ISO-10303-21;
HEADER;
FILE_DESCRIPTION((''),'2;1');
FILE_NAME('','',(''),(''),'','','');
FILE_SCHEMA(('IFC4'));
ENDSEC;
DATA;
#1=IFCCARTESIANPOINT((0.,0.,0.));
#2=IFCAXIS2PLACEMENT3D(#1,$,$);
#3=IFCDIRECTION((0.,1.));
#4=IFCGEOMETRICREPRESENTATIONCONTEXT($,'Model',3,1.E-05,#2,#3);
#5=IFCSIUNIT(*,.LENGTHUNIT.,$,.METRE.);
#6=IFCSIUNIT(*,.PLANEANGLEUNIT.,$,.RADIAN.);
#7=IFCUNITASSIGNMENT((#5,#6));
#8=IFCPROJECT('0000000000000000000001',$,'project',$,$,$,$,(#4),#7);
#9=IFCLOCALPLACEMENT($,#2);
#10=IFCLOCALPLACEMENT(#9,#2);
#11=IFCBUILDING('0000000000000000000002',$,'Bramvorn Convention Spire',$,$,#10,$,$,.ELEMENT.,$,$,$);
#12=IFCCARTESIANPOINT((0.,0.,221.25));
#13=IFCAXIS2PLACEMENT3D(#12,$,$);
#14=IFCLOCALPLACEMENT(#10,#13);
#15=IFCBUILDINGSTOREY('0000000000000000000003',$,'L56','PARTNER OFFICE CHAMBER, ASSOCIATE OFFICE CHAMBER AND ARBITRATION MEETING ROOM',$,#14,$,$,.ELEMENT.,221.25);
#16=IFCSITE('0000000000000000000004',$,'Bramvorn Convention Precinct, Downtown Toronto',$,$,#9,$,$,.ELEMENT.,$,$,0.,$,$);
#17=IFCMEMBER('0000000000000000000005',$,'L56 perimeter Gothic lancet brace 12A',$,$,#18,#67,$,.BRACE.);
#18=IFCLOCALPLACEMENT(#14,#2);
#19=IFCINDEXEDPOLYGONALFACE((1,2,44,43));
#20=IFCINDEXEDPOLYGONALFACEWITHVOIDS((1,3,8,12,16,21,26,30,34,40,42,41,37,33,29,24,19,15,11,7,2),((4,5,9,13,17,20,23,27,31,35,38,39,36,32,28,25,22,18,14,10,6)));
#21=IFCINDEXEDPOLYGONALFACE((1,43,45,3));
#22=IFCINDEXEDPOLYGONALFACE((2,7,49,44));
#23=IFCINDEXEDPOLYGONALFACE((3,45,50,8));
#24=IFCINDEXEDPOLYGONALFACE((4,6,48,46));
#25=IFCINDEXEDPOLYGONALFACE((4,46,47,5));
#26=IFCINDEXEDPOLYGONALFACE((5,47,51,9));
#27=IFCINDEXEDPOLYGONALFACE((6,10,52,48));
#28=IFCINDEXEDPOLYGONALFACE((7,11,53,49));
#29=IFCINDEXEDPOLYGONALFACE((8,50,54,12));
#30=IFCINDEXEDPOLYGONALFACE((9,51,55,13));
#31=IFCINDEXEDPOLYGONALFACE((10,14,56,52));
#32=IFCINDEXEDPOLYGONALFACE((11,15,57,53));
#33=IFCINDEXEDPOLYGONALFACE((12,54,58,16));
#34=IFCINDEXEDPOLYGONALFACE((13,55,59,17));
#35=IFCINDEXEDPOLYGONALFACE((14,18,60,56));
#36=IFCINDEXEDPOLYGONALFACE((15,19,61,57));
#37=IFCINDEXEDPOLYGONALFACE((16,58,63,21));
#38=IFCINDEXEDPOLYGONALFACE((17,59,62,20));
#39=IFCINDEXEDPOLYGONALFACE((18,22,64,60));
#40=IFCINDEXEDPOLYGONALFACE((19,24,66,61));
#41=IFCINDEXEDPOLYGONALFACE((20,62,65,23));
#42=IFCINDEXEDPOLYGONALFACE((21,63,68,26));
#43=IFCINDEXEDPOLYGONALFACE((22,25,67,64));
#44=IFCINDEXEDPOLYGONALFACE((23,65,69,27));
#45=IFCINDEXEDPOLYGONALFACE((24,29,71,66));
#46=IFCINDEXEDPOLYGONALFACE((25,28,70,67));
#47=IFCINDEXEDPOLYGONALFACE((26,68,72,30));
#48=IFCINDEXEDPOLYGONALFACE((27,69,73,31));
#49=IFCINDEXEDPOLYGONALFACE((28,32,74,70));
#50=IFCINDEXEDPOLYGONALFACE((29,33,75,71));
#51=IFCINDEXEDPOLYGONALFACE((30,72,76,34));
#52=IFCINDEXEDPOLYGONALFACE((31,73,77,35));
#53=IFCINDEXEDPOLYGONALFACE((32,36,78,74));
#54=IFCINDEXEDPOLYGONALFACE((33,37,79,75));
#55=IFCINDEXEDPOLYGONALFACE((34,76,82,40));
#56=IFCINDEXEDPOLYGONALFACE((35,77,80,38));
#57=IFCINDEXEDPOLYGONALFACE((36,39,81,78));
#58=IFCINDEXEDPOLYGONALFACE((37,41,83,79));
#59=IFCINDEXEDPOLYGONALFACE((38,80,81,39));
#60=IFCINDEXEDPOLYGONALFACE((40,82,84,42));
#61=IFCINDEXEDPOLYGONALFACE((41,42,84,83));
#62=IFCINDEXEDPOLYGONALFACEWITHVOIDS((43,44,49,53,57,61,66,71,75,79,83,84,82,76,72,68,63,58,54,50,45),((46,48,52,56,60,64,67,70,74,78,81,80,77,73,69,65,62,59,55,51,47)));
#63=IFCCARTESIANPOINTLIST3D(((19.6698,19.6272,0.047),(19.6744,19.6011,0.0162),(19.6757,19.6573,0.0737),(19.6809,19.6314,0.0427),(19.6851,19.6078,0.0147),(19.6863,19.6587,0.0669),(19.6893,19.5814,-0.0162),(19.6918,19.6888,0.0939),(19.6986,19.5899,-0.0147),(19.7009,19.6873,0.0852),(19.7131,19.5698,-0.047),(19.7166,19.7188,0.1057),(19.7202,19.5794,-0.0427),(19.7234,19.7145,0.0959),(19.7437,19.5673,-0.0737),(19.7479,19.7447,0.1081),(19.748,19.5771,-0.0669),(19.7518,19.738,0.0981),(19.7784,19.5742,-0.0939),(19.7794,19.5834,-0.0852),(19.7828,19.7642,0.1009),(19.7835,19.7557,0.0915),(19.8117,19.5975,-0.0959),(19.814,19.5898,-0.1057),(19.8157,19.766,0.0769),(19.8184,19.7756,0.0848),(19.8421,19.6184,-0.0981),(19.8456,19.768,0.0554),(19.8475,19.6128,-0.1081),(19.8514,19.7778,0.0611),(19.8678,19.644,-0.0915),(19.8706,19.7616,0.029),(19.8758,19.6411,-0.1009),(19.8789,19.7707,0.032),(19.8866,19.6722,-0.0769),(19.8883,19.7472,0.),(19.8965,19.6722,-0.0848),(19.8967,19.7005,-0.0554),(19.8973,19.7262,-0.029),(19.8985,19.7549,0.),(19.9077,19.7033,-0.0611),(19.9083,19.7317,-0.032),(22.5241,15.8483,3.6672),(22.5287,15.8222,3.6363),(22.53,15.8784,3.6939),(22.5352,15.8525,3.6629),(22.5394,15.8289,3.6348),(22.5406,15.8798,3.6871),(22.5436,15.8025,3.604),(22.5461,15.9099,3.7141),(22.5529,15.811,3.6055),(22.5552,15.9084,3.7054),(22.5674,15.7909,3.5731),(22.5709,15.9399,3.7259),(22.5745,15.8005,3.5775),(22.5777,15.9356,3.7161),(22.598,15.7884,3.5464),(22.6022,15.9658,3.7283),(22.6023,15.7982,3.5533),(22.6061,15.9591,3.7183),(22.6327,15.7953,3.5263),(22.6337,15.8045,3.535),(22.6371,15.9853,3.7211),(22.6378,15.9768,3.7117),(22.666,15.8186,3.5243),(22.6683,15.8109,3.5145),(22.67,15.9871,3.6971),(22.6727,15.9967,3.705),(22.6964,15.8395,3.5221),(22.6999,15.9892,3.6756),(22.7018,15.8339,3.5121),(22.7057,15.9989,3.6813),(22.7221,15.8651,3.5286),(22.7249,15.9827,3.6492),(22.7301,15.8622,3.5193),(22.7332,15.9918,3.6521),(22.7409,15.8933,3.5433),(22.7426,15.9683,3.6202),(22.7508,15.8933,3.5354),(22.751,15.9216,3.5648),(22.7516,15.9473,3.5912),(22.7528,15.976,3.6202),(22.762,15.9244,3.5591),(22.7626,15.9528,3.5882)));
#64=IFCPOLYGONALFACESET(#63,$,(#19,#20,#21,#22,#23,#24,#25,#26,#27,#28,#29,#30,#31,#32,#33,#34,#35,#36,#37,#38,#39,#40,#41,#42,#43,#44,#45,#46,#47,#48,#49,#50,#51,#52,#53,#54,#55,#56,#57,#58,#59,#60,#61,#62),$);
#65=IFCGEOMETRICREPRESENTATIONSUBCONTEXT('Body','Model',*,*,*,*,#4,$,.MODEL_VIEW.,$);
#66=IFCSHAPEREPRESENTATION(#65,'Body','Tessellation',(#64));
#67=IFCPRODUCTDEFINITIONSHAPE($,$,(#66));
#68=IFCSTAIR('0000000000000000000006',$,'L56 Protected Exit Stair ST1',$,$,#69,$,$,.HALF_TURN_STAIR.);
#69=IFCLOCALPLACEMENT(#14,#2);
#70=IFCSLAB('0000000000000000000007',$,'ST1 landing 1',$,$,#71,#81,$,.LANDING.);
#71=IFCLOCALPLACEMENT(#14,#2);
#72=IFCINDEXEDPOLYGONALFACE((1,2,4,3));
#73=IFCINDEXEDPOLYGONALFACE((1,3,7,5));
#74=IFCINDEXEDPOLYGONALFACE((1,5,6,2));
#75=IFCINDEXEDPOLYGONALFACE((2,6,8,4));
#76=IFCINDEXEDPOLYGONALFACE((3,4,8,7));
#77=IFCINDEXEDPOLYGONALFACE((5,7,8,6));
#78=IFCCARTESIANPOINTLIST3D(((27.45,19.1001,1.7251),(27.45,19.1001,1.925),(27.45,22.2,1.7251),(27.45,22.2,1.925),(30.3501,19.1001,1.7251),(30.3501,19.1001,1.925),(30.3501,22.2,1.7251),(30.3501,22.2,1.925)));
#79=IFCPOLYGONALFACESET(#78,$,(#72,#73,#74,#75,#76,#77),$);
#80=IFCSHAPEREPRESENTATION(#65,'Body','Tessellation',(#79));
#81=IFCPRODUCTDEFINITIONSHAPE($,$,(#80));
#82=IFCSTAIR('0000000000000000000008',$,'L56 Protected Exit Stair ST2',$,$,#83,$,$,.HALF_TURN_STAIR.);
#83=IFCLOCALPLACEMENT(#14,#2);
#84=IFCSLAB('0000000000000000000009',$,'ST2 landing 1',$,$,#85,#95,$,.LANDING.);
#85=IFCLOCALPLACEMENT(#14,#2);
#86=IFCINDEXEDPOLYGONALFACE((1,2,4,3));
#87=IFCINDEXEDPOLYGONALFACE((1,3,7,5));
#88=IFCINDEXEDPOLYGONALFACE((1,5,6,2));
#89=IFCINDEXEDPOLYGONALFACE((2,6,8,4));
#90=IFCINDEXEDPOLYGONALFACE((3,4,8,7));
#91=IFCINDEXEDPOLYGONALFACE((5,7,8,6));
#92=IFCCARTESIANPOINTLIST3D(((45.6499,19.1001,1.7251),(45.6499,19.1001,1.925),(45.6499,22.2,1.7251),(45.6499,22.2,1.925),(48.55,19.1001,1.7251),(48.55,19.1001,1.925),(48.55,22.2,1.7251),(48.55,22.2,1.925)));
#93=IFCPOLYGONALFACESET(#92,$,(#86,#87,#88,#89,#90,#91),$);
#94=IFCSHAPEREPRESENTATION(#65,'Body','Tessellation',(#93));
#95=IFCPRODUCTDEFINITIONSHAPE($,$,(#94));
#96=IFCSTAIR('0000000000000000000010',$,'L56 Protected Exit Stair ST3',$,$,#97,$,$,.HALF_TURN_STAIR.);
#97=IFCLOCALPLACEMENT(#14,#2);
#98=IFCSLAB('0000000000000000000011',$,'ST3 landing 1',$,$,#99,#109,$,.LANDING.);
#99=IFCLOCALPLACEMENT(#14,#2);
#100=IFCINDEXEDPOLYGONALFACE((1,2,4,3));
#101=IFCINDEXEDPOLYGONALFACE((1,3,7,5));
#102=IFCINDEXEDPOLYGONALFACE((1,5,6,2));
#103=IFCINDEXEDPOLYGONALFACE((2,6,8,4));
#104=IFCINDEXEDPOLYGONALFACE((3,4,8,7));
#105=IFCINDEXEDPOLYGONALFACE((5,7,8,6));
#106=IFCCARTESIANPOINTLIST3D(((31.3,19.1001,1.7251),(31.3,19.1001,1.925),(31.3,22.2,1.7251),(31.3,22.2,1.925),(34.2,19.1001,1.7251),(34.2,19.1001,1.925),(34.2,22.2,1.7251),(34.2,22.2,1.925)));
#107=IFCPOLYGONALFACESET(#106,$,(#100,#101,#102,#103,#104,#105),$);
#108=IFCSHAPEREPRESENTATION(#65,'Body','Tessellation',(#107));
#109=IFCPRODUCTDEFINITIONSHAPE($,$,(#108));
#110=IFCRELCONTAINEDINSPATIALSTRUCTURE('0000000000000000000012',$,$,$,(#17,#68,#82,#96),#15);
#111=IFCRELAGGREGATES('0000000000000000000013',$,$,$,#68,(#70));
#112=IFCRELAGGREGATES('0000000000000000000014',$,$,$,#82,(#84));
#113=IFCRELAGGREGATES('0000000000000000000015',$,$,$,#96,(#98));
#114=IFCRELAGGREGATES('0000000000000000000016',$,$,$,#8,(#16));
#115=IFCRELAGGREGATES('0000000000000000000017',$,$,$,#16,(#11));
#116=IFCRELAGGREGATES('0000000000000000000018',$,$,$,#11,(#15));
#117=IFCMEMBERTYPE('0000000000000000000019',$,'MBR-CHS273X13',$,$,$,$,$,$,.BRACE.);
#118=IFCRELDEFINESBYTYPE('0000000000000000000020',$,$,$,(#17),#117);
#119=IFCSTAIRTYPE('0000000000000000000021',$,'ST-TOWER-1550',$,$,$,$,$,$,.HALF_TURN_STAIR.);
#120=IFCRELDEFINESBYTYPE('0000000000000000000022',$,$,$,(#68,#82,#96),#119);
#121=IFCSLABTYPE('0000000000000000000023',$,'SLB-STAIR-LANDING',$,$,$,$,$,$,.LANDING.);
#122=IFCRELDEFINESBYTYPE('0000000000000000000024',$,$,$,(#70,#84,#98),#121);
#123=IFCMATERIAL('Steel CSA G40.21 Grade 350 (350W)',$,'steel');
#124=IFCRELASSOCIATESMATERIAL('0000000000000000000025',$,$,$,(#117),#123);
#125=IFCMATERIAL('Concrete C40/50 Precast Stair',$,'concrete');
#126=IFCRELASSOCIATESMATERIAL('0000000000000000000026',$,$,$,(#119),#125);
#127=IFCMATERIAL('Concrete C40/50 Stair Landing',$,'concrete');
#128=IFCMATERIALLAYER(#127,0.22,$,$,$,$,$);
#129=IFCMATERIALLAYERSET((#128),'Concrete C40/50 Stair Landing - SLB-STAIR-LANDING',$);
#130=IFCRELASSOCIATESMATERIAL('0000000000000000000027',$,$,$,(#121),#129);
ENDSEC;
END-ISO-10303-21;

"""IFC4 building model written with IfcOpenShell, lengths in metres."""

from ifc_helpers import new_model, si_unit, direction, frame, origin, origin_2d, place, context, subcontext, project, spatial, polyline, hollow_circle, outline, extrude, material, layer, layer_set, material_profile, profile_set, type_object, element, aggregate, save


model = new_model("IFC4")

# Units and contexts
model_context = context("Model", 3, precision=1e-05, world=origin(), true_north=direction((0.0, 1.0)))
body_context = subcontext(model_context, "Body", "Model", "MODEL_VIEW")
ifc_project = project(units=[si_unit("LENGTHUNIT", "METRE"), si_unit("PLANEANGLEUNIT", "RADIAN")], contexts=[model_context])

# Site, building, storey
site_placement = place(None, origin())
site = spatial("IfcSite", under=ifc_project, at=site_placement, Name="Bramvorn Convention Precinct, Downtown Toronto", CompositionType="ELEMENT", RefElevation=0.0)
building_placement = place(site_placement, origin())
building = spatial("IfcBuilding", under=site, at=building_placement, Name="Bramvorn Convention Spire", CompositionType="ELEMENT")
storey_placement = place(building_placement, frame((0.0, 0.0, 221.25)))
storey = spatial("IfcBuildingStorey", under=building, at=storey_placement, Name="L56", Description="PARTNER OFFICE CHAMBER, ASSOCIATE OFFICE CHAMBER AND ARBITRATION MEETING ROOM", CompositionType="ELEMENT", Elevation=221.25)

# Shared definitions
ifc_material_1 = material(Name="Steel CSA G40.21 Grade 350 (350W)", Category="steel")

# Member
ifc_material_profile_1 = material_profile(ifc_material_1, hollow_circle(Radius=0.1365, WallThickness=0.0127, at=origin_2d()))
ifc_profile_set_1 = profile_set([ifc_material_profile_1], Name="Steel CSA G40.21 Grade 350 (350W) - CHS273X13")
member_type = type_object("IfcMemberType", Name="MBR-CHS273X13", PredefinedType="BRACE", material=ifc_profile_set_1)
member_placement = place(storey_placement, frame((19.7896, 19.6726, 0.0), z_axis=(0.478835, -0.633941, 0.607319), x_axis=(0.797954, 0.602719, 0.0)))
element("IfcMember", 1, at=member_placement, inside=storey, type_object=member_type, Name="L56 perimeter Gothic lancet brace 12A", PredefinedType="BRACE", context=body_context, shape_type="SweptSolid", body=[
    extrude(hollow_circle(Radius=0.1365, WallThickness=0.0127, at=origin_2d()), origin(), (0.0, 0.0, 1.0), 5.9609),
])

# Stairs, slabs
ifc_material_2 = material(Name="Concrete C40/50 Precast Stair", Category="concrete")
stair_type = type_object("IfcStairType", Name="ST-TOWER-1550", PredefinedType="HALF_TURN_STAIR", material=ifc_material_2)
stair_1_placement = place(storey_placement, origin())
stair_1 = element("IfcStair", 2, at=stair_1_placement, inside=storey, type_object=stair_type, Name="L56 Protected Exit Stair ST1", PredefinedType="HALF_TURN_STAIR")
ifc_material_3 = material(Name="Concrete C40/50 Stair Landing", Category="concrete")
ifc_layer_1 = layer(ifc_material_3, 0.22)
ifc_layer_set_1 = layer_set([ifc_layer_1], Name="Concrete C40/50 Stair Landing - SLB-STAIR-LANDING")
slab_type_1 = type_object("IfcSlabType", Name="SLB-STAIR-LANDING", PredefinedType="LANDING", material=ifc_layer_set_1)
slab_1_placement = place(storey_placement, frame((0.0, 0.0, 1.7251)))
slab_1 = element("IfcSlab", 3, at=slab_1_placement, type_object=slab_type_1, Name="ST1 landing 1", PredefinedType="LANDING", context=body_context, shape_type="SweptSolid", body=[
    extrude(outline(polyline([(27.45, 22.2), (27.45, 19.1001), (30.3501, 19.1001), (30.3501, 22.2), (27.45, 22.2)])), origin(), (0.0, 0.0, 1.0), 0.2),
])
aggregate(stair_1, [slab_1])
stair_2_placement = place(storey_placement, origin())
stair_2 = element("IfcStair", 4, at=stair_2_placement, inside=storey, type_object=stair_type, Name="L56 Protected Exit Stair ST2", PredefinedType="HALF_TURN_STAIR")
slab_2_placement = place(storey_placement, frame((0.0, 0.0, 1.7251)))
slab_2 = element("IfcSlab", 5, at=slab_2_placement, type_object=slab_type_1, Name="ST2 landing 1", PredefinedType="LANDING", context=body_context, shape_type="SweptSolid", body=[
    extrude(outline(polyline([(45.6499, 22.2), (45.6499, 19.1001), (48.55, 19.1001), (48.55, 22.2), (45.6499, 22.2)])), origin(), (0.0, 0.0, 1.0), 0.2),
])
aggregate(stair_2, [slab_2])
stair_3_placement = place(storey_placement, origin())
stair_3 = element("IfcStair", 6, at=stair_3_placement, inside=storey, type_object=stair_type, Name="L56 Protected Exit Stair ST3", PredefinedType="HALF_TURN_STAIR")
slab_3_placement = place(storey_placement, frame((0.0, 0.0, 1.7251)))
slab_3 = element("IfcSlab", 7, at=slab_3_placement, type_object=slab_type_1, Name="ST3 landing 1", PredefinedType="LANDING", context=body_context, shape_type="SweptSolid", body=[
    extrude(outline(polyline([(31.3, 22.2), (31.3, 19.1001), (34.2, 19.1001), (34.2, 22.2), (31.3, 22.2)])), origin(), (0.0, 0.0, 1.0), 0.2),
])
aggregate(stair_3, [slab_3])

save(model, "model.ifc")
